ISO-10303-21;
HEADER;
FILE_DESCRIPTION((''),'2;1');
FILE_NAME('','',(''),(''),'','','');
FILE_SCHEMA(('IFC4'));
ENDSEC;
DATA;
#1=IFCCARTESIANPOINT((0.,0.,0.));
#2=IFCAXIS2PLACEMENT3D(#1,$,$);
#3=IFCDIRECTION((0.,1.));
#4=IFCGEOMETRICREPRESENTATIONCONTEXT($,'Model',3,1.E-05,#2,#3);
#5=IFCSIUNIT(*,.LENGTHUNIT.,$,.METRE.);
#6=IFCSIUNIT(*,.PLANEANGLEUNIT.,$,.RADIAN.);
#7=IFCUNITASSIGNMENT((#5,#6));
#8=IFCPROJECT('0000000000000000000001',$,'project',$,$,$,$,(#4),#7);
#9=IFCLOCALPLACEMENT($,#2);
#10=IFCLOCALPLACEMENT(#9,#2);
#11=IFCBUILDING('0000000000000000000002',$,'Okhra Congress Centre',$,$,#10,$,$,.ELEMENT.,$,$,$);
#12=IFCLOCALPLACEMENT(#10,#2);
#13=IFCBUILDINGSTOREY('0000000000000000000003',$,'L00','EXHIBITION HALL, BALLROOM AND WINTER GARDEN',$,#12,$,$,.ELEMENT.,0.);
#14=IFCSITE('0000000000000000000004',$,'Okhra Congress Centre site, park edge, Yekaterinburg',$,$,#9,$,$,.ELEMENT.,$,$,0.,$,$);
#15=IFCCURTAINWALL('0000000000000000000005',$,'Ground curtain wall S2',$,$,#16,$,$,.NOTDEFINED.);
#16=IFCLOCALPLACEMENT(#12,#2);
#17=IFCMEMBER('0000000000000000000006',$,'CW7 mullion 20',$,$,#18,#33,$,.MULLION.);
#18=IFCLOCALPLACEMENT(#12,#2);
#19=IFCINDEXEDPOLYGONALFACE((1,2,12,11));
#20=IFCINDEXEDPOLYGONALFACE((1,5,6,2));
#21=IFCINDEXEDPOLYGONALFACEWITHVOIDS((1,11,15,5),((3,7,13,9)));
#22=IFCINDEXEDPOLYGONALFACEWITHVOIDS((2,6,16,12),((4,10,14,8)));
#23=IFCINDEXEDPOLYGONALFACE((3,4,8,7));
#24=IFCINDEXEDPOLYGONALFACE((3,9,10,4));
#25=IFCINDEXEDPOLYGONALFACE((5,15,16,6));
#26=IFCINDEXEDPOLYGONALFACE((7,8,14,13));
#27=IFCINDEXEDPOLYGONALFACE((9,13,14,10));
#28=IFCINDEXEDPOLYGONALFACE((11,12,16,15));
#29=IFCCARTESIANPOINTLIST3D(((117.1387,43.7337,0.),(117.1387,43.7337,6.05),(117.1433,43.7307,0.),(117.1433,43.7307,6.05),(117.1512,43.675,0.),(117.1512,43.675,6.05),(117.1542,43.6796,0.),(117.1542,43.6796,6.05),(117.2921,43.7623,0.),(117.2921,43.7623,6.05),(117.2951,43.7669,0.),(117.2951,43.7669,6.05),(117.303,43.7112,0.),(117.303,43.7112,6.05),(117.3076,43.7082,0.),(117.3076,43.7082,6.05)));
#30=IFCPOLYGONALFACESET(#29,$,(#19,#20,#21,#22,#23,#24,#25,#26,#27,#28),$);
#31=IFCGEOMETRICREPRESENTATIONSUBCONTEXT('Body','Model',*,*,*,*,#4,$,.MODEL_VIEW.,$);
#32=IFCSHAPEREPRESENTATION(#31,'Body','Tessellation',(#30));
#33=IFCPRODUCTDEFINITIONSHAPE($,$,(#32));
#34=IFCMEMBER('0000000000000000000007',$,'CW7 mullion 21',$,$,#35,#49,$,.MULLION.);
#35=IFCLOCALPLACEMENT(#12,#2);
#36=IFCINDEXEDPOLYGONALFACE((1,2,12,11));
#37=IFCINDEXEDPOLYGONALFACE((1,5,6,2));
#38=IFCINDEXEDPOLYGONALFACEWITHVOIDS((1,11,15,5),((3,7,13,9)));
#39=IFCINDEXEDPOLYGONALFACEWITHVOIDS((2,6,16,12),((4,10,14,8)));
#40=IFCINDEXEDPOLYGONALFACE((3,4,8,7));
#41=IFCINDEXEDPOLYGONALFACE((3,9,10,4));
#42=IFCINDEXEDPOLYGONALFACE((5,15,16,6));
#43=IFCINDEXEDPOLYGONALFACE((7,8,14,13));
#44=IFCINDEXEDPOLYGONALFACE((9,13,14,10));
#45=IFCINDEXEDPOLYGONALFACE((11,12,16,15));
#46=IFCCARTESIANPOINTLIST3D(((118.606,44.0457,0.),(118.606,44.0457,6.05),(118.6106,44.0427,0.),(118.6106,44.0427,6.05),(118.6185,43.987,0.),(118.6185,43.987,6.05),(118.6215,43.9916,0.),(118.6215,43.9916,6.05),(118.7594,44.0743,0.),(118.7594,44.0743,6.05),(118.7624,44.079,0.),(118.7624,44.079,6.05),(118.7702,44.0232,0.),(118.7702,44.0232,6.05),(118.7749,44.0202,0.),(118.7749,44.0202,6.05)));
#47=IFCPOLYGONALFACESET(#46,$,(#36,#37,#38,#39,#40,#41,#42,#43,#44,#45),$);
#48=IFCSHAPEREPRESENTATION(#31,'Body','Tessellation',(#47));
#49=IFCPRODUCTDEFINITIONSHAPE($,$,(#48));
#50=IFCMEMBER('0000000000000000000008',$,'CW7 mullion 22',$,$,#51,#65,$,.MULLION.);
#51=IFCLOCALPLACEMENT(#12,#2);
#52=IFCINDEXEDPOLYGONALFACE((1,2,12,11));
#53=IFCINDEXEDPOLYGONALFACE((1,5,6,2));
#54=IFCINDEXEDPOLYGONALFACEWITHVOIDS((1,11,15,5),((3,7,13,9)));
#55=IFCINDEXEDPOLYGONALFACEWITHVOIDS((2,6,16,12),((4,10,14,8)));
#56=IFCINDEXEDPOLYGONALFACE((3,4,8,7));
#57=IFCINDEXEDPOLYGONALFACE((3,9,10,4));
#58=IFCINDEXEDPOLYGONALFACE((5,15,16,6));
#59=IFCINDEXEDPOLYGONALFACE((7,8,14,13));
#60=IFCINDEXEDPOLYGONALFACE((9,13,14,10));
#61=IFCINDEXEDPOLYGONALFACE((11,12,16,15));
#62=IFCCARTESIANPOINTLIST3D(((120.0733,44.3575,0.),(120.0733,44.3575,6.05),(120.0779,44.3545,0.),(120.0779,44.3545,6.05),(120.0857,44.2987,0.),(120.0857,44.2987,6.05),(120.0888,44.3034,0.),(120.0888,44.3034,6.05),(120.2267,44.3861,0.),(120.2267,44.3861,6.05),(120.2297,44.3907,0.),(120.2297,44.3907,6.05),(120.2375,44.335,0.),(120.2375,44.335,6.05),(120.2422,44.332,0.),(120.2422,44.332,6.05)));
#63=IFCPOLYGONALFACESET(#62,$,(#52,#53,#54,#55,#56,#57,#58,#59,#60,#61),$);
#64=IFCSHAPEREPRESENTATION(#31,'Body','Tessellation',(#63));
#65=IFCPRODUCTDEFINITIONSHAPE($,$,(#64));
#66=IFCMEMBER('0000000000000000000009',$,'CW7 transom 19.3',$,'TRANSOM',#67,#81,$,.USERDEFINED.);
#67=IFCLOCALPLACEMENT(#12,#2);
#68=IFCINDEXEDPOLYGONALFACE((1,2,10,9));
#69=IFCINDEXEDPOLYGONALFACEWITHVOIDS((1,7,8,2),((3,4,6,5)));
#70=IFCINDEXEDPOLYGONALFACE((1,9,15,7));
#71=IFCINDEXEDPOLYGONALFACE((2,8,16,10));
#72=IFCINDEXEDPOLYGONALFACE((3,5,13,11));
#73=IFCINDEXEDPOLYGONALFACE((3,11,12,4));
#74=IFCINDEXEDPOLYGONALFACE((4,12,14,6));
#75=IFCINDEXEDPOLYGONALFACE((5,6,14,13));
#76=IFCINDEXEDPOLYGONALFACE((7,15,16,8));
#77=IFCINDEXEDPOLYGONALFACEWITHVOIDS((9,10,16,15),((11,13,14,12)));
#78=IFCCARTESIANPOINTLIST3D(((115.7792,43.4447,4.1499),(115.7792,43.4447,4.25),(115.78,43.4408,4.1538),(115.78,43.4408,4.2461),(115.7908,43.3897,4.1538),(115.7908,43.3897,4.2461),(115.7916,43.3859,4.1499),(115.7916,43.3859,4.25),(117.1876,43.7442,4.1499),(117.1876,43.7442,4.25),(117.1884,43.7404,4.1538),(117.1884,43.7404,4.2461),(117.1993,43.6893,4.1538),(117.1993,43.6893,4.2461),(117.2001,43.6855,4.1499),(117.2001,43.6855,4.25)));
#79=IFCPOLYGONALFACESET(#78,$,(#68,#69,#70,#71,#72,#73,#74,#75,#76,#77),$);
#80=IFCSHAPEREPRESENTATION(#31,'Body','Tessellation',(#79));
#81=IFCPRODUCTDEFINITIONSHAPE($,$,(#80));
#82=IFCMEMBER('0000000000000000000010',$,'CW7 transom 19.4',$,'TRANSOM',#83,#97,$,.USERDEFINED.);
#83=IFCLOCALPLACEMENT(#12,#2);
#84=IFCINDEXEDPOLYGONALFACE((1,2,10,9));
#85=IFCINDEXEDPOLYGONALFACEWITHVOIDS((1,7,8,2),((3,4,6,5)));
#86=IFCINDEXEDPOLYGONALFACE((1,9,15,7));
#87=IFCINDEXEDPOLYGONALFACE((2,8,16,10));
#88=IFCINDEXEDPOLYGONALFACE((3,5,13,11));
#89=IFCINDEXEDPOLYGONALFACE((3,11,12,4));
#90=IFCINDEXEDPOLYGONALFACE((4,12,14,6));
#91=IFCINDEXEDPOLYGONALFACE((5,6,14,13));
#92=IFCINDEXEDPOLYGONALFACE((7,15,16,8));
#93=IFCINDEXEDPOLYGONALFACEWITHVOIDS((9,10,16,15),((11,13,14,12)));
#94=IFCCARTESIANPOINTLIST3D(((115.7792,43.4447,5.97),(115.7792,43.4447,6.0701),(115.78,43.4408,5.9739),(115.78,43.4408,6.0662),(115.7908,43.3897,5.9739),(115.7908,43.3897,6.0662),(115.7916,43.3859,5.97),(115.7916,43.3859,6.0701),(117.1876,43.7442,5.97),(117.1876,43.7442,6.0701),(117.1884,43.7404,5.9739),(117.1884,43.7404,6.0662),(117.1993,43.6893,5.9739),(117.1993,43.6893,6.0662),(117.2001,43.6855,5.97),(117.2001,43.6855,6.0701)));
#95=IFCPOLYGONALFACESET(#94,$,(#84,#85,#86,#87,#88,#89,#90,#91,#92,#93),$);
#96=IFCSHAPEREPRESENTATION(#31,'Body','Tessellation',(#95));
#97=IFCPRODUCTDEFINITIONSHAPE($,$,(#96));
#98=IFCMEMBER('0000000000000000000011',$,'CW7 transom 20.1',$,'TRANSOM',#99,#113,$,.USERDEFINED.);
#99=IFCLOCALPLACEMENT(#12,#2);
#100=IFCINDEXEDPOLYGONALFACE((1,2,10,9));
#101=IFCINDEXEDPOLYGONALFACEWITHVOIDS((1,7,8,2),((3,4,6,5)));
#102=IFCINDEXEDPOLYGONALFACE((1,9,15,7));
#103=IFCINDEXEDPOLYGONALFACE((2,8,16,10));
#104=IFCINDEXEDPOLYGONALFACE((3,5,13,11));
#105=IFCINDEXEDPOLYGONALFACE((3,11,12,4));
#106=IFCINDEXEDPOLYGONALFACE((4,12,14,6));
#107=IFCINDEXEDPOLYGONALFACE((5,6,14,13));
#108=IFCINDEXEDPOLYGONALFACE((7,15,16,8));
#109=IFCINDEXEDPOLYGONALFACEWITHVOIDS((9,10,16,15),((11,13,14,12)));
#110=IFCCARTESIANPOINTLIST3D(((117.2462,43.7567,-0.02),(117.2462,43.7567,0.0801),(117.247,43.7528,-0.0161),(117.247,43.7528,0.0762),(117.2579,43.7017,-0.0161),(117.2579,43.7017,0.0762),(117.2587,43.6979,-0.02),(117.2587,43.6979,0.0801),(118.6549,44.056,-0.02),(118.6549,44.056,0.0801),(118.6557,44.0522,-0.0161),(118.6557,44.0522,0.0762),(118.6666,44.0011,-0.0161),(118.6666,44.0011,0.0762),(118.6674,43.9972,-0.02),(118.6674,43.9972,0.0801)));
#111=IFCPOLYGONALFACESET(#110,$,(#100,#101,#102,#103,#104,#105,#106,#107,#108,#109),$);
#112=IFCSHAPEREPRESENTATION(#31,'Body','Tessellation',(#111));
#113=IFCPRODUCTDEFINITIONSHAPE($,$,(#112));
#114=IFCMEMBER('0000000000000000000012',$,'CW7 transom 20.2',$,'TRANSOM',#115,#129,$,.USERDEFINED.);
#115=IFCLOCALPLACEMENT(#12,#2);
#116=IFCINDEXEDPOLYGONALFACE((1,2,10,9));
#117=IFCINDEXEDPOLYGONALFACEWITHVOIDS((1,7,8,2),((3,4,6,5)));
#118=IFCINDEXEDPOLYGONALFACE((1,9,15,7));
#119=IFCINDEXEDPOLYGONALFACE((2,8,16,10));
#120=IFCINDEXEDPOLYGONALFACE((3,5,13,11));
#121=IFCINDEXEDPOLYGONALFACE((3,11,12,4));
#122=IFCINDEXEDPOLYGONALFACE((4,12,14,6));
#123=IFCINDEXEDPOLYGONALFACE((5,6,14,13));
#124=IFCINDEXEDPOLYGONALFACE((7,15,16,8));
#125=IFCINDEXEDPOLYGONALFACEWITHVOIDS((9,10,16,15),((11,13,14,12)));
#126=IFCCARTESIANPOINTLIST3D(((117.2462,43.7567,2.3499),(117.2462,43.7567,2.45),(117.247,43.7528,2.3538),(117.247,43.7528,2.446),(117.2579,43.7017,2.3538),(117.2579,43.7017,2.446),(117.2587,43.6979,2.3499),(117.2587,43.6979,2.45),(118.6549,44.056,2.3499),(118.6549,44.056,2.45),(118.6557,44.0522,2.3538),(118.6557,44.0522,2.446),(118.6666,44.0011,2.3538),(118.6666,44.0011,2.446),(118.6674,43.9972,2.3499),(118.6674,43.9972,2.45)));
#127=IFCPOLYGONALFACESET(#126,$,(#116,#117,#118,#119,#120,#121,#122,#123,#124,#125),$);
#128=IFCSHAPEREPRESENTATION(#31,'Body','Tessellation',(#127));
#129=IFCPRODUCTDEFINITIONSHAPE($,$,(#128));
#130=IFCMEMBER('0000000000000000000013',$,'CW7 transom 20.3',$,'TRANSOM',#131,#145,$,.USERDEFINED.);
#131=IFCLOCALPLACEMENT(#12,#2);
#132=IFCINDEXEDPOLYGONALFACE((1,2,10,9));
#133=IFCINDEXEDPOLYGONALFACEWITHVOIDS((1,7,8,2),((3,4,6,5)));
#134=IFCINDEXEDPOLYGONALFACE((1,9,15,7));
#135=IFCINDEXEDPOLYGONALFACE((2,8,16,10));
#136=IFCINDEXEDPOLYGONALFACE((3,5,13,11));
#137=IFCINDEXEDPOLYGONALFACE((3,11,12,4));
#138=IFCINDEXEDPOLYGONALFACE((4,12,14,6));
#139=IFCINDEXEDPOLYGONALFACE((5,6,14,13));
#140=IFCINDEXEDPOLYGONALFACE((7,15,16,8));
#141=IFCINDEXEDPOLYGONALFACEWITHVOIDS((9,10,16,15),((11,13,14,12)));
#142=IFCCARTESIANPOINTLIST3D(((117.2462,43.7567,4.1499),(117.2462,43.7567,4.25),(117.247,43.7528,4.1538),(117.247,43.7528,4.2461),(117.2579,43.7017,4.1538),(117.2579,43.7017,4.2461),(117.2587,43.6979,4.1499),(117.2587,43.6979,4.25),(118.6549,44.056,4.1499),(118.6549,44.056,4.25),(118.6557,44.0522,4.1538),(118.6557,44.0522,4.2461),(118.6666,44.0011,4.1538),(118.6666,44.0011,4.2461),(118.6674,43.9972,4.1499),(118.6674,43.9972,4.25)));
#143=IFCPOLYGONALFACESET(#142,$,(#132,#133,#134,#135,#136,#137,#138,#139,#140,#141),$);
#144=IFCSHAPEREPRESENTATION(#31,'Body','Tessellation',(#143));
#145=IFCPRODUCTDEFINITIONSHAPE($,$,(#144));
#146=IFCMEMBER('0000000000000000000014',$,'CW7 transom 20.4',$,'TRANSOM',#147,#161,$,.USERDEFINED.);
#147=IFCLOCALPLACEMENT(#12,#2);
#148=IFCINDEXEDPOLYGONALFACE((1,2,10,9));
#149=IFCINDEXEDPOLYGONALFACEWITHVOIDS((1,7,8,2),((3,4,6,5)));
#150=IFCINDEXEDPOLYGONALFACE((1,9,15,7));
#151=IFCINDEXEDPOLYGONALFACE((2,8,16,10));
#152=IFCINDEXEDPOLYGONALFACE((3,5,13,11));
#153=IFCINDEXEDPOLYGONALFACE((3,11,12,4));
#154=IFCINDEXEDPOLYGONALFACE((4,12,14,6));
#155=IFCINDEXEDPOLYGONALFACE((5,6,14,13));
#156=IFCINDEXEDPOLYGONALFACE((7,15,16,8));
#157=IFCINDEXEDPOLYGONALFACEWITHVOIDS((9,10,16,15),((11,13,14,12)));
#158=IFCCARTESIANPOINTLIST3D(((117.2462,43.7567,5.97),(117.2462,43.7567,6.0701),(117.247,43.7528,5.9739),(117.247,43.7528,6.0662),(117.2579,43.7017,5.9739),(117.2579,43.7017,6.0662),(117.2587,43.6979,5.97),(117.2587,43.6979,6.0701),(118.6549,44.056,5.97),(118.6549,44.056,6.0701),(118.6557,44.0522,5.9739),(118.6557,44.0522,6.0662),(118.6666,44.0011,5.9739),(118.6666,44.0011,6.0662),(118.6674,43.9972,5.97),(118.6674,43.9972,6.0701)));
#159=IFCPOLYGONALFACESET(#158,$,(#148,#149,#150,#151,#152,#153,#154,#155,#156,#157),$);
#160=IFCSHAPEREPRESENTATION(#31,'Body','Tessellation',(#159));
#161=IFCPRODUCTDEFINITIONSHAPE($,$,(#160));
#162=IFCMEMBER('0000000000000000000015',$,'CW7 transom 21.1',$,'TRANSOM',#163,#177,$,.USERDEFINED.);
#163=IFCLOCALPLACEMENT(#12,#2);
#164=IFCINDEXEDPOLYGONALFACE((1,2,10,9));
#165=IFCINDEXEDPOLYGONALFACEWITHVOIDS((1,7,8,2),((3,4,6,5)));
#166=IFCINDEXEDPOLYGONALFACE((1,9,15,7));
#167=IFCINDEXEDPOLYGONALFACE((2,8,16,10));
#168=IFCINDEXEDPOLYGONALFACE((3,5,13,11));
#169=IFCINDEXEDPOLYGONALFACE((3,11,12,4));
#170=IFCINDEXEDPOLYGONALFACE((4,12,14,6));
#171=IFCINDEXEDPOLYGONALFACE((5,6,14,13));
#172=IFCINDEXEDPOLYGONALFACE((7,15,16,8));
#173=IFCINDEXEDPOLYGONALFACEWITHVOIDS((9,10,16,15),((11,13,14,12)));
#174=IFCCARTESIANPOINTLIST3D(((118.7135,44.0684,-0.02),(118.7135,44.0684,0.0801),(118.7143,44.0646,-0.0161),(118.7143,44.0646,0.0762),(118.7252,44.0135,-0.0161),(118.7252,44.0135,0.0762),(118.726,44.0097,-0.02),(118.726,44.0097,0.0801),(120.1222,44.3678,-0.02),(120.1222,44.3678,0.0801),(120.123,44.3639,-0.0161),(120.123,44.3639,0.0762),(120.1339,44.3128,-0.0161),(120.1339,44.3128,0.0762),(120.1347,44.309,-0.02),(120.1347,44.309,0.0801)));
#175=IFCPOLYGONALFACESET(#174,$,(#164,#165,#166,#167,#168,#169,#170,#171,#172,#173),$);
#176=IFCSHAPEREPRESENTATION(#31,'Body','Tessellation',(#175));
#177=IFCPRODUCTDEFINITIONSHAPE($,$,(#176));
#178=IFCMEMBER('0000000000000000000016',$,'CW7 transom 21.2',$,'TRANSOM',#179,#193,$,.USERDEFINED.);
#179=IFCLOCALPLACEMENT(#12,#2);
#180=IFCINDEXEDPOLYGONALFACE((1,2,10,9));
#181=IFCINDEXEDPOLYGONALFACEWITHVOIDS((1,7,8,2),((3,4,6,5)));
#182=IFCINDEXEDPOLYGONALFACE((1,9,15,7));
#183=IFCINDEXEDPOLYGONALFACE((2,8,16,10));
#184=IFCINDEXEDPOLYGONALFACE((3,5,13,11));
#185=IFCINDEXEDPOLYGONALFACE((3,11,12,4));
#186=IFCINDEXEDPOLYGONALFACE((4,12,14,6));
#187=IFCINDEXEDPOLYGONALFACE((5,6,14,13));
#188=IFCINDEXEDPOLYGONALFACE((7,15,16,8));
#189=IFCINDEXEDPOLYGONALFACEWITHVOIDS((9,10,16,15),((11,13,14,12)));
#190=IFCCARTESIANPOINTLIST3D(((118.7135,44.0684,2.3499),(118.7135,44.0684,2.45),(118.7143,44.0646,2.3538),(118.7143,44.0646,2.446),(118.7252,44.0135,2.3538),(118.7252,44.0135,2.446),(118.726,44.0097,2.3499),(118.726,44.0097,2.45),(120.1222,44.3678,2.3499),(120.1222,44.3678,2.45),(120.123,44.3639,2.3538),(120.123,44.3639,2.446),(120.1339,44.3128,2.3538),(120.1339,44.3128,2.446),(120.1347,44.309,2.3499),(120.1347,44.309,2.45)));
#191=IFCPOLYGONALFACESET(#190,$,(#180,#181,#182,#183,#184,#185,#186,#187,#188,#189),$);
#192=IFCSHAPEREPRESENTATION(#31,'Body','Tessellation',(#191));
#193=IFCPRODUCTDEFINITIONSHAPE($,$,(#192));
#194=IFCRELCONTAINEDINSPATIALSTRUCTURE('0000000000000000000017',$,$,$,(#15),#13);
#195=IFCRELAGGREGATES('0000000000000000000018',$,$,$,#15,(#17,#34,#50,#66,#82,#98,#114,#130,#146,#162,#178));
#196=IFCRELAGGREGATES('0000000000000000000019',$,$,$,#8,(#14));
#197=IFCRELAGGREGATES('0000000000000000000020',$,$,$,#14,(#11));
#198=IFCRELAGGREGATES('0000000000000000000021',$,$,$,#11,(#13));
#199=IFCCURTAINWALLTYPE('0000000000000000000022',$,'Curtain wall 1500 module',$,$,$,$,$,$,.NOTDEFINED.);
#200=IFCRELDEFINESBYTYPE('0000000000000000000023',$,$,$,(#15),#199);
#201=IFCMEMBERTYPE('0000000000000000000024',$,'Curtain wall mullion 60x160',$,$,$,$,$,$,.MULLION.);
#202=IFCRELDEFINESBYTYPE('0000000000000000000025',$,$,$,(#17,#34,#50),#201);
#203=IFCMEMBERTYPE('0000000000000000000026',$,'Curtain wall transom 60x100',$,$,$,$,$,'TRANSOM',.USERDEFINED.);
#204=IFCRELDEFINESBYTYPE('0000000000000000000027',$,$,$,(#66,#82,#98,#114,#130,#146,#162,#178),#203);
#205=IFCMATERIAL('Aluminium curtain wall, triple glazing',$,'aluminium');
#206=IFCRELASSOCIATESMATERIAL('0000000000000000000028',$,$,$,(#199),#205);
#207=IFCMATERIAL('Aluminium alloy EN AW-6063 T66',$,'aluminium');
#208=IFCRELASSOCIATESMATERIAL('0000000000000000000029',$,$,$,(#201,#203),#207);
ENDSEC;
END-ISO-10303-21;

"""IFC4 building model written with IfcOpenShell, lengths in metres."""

from ifc_helpers import new_model, si_unit, direction, frame, origin, origin_2d, place, context, subcontext, project, spatial, hollow_rectangle, extrude, material, material_profile, profile_set, type_object, element, aggregate, save


model = new_model("IFC4")

# Units and contexts
model_context = context("Model", 3, precision=1e-05, world=origin(), true_north=direction((0.0, 1.0)))
body_context = subcontext(model_context, "Body", "Model", "MODEL_VIEW")
ifc_project = project(units=[si_unit("LENGTHUNIT", "METRE"), si_unit("PLANEANGLEUNIT", "RADIAN")], contexts=[model_context])

# Site, building, storey
site_placement = place(None, origin())
site = spatial("IfcSite", under=ifc_project, at=site_placement, Name="Okhra Congress Centre site, park edge, Yekaterinburg", CompositionType="ELEMENT", RefElevation=0.0)
building_placement = place(site_placement, origin())
building = spatial("IfcBuilding", under=site, at=building_placement, Name="Okhra Congress Centre", CompositionType="ELEMENT")
storey_placement = place(building_placement, origin())
storey = spatial("IfcBuildingStorey", under=building, at=storey_placement, Name="L00", Description="EXHIBITION HALL, BALLROOM AND WINTER GARDEN", CompositionType="ELEMENT", Elevation=0.0)

# Curtain wall, members
ifc_material_1 = material(Name="Aluminium curtain wall, triple glazing", Category="aluminium")
curtain_wall_type = type_object("IfcCurtainWallType", Name="Curtain wall 1500 module", PredefinedType="NOTDEFINED", material=ifc_material_1)
curtain_wall_placement = place(storey_placement, origin())
curtain_wall = element("IfcCurtainWall", 1, at=curtain_wall_placement, inside=storey, type_object=curtain_wall_type, Name="Ground curtain wall S2", PredefinedType="NOTDEFINED")
ifc_material_2 = material(Name="Aluminium alloy EN AW-6063 T66", Category="aluminium")
ifc_material_profile_1 = material_profile(ifc_material_2, hollow_rectangle(XDim=0.0601, YDim=0.1599, WallThickness=0.0039, at=origin_2d()), Name="RHS 60x160x4")
ifc_profile_set_1 = profile_set([ifc_material_profile_1], Name="Aluminium alloy EN AW-6063 T66")
member_type_1 = type_object("IfcMemberType", Name="Curtain wall mullion 60x160", PredefinedType="MULLION", material=ifc_profile_set_1)
member_1_placement = place(storey_placement, frame((117.2231, 43.7209, 0.0), z_axis=(0.0, 0.0, 1.0), x_axis=(-0.207912, 0.978148, 0.0)))
member_1 = element("IfcMember", 2, at=member_1_placement, type_object=member_type_1, Name="CW7 mullion 20", PredefinedType="MULLION", context=body_context, shape_type="SweptSolid", body=[
    extrude(hollow_rectangle(XDim=0.0601, YDim=0.1599, WallThickness=0.0039, at=origin_2d()), origin(), (0.0, 0.0, 1.0), 6.05),
])
member_2_placement = place(storey_placement, frame((118.6904, 44.033, 0.0), z_axis=(0.0, 0.0, 1.0), x_axis=(-0.207912, 0.978148, 0.0)))
member_2 = element("IfcMember", 3, at=member_2_placement, type_object=member_type_1, Name="CW7 mullion 21", PredefinedType="MULLION", context=body_context, shape_type="SweptSolid", body=[
    extrude(hollow_rectangle(XDim=0.0601, YDim=0.1599, WallThickness=0.0039, at=origin_2d()), origin(), (0.0, 0.0, 1.0), 6.05),
])
member_3_placement = place(storey_placement, frame((120.1577, 44.3447, 0.0), z_axis=(0.0, 0.0, 1.0), x_axis=(-0.207912, 0.978148, 0.0)))
member_3 = element("IfcMember", 4, at=member_3_placement, type_object=member_type_1, Name="CW7 mullion 22", PredefinedType="MULLION", context=body_context, shape_type="SweptSolid", body=[
    extrude(hollow_rectangle(XDim=0.0601, YDim=0.1599, WallThickness=0.0039, at=origin_2d()), origin(), (0.0, 0.0, 1.0), 6.05),
])
ifc_material_profile_2 = material_profile(ifc_material_2, hollow_rectangle(XDim=0.0601, YDim=0.1001, WallThickness=0.0039, at=origin_2d()), Name="RHS 60x100x4")
ifc_profile_set_2 = profile_set([ifc_material_profile_2], Name="Aluminium alloy EN AW-6063 T66")
member_type_2 = type_object("IfcMemberType", Name="Curtain wall transom 60x100", ElementType="TRANSOM", PredefinedType="USERDEFINED", material=ifc_profile_set_2)
member_4_placement = place(storey_placement, frame((115.7854, 43.4153, 4.2), z_axis=(0.978121, 0.208035, 0.0), x_axis=(-0.208035, 0.978121, 0.0)))
member_4 = element("IfcMember", 5, at=member_4_placement, type_object=member_type_2, Name="CW7 transom 19.3", ObjectType="TRANSOM", PredefinedType="USERDEFINED", context=body_context, shape_type="SweptSolid", body=[
    extrude(hollow_rectangle(XDim=0.0601, YDim=0.1001, WallThickness=0.0039, at=origin_2d()), origin(), (0.0, 0.0, 1.0), 1.4399),
])
member_5_placement = place(storey_placement, frame((115.7854, 43.4153, 6.02), z_axis=(0.978121, 0.208035, 0.0), x_axis=(-0.208035, 0.978121, 0.0)))
member_5 = element("IfcMember", 6, at=member_5_placement, type_object=member_type_2, Name="CW7 transom 19.4", ObjectType="TRANSOM", PredefinedType="USERDEFINED", context=body_context, shape_type="SweptSolid", body=[
    extrude(hollow_rectangle(XDim=0.0601, YDim=0.1001, WallThickness=0.0039, at=origin_2d()), origin(), (0.0, 0.0, 1.0), 1.4399),
])
member_6_placement = place(storey_placement, frame((117.2524, 43.7273, 0.03), z_axis=(0.978163, 0.207838, 0.0), x_axis=(-0.207838, 0.978163, 0.0)))
member_6 = element("IfcMember", 7, at=member_6_placement, type_object=member_type_2, Name="CW7 transom 20.1", ObjectType="TRANSOM", PredefinedType="USERDEFINED", context=body_context, shape_type="SweptSolid", body=[
    extrude(hollow_rectangle(XDim=0.0601, YDim=0.1001, WallThickness=0.0039, at=origin_2d()), origin(), (0.0, 0.0, 1.0), 1.4402),
])
member_7_placement = place(storey_placement, frame((117.2524, 43.7273, 2.3999), z_axis=(0.978163, 0.207838, 0.0), x_axis=(-0.207838, 0.978163, 0.0)))
member_7 = element("IfcMember", 8, at=member_7_placement, type_object=member_type_2, Name="CW7 transom 20.2", ObjectType="TRANSOM", PredefinedType="USERDEFINED", context=body_context, shape_type="SweptSolid", body=[
    extrude(hollow_rectangle(XDim=0.0601, YDim=0.1001, WallThickness=0.0039, at=origin_2d()), origin(), (0.0, 0.0, 1.0), 1.4402),
])
member_8_placement = place(storey_placement, frame((117.2524, 43.7273, 4.2), z_axis=(0.978163, 0.207838, 0.0), x_axis=(-0.207838, 0.978163, 0.0)))
member_8 = element("IfcMember", 9, at=member_8_placement, type_object=member_type_2, Name="CW7 transom 20.3", ObjectType="TRANSOM", PredefinedType="USERDEFINED", context=body_context, shape_type="SweptSolid", body=[
    extrude(hollow_rectangle(XDim=0.0601, YDim=0.1001, WallThickness=0.0039, at=origin_2d()), origin(), (0.0, 0.0, 1.0), 1.4402),
])
member_9_placement = place(storey_placement, frame((117.2524, 43.7273, 6.02), z_axis=(0.978163, 0.207838, 0.0), x_axis=(-0.207838, 0.978163, 0.0)))
member_9 = element("IfcMember", 10, at=member_9_placement, type_object=member_type_2, Name="CW7 transom 20.4", ObjectType="TRANSOM", PredefinedType="USERDEFINED", context=body_context, shape_type="SweptSolid", body=[
    extrude(hollow_rectangle(XDim=0.0601, YDim=0.1001, WallThickness=0.0039, at=origin_2d()), origin(), (0.0, 0.0, 1.0), 1.4402),
])
member_10_placement = place(storey_placement, frame((118.7197, 44.0391, 0.03), z_axis=(0.978163, 0.207838, 0.0), x_axis=(-0.207838, 0.978163, 0.0)))
member_10 = element("IfcMember", 11, at=member_10_placement, type_object=member_type_2, Name="CW7 transom 21.1", ObjectType="TRANSOM", PredefinedType="USERDEFINED", context=body_context, shape_type="SweptSolid", body=[
    extrude(hollow_rectangle(XDim=0.0601, YDim=0.1001, WallThickness=0.0039, at=origin_2d()), origin(), (0.0, 0.0, 1.0), 1.4402),
])
member_11_placement = place(storey_placement, frame((118.7197, 44.0391, 2.3999), z_axis=(0.978163, 0.207838, 0.0), x_axis=(-0.207838, 0.978163, 0.0)))
member_11 = element("IfcMember", 12, at=member_11_placement, type_object=member_type_2, Name="CW7 transom 21.2", ObjectType="TRANSOM", PredefinedType="USERDEFINED", context=body_context, shape_type="SweptSolid", body=[
    extrude(hollow_rectangle(XDim=0.0601, YDim=0.1001, WallThickness=0.0039, at=origin_2d()), origin(), (0.0, 0.0, 1.0), 1.4402),
])
aggregate(curtain_wall, [member_1, member_2, member_3, member_4, member_5, member_6, member_7, member_8, member_9, member_10, member_11])

save(model, "model.ifc")
